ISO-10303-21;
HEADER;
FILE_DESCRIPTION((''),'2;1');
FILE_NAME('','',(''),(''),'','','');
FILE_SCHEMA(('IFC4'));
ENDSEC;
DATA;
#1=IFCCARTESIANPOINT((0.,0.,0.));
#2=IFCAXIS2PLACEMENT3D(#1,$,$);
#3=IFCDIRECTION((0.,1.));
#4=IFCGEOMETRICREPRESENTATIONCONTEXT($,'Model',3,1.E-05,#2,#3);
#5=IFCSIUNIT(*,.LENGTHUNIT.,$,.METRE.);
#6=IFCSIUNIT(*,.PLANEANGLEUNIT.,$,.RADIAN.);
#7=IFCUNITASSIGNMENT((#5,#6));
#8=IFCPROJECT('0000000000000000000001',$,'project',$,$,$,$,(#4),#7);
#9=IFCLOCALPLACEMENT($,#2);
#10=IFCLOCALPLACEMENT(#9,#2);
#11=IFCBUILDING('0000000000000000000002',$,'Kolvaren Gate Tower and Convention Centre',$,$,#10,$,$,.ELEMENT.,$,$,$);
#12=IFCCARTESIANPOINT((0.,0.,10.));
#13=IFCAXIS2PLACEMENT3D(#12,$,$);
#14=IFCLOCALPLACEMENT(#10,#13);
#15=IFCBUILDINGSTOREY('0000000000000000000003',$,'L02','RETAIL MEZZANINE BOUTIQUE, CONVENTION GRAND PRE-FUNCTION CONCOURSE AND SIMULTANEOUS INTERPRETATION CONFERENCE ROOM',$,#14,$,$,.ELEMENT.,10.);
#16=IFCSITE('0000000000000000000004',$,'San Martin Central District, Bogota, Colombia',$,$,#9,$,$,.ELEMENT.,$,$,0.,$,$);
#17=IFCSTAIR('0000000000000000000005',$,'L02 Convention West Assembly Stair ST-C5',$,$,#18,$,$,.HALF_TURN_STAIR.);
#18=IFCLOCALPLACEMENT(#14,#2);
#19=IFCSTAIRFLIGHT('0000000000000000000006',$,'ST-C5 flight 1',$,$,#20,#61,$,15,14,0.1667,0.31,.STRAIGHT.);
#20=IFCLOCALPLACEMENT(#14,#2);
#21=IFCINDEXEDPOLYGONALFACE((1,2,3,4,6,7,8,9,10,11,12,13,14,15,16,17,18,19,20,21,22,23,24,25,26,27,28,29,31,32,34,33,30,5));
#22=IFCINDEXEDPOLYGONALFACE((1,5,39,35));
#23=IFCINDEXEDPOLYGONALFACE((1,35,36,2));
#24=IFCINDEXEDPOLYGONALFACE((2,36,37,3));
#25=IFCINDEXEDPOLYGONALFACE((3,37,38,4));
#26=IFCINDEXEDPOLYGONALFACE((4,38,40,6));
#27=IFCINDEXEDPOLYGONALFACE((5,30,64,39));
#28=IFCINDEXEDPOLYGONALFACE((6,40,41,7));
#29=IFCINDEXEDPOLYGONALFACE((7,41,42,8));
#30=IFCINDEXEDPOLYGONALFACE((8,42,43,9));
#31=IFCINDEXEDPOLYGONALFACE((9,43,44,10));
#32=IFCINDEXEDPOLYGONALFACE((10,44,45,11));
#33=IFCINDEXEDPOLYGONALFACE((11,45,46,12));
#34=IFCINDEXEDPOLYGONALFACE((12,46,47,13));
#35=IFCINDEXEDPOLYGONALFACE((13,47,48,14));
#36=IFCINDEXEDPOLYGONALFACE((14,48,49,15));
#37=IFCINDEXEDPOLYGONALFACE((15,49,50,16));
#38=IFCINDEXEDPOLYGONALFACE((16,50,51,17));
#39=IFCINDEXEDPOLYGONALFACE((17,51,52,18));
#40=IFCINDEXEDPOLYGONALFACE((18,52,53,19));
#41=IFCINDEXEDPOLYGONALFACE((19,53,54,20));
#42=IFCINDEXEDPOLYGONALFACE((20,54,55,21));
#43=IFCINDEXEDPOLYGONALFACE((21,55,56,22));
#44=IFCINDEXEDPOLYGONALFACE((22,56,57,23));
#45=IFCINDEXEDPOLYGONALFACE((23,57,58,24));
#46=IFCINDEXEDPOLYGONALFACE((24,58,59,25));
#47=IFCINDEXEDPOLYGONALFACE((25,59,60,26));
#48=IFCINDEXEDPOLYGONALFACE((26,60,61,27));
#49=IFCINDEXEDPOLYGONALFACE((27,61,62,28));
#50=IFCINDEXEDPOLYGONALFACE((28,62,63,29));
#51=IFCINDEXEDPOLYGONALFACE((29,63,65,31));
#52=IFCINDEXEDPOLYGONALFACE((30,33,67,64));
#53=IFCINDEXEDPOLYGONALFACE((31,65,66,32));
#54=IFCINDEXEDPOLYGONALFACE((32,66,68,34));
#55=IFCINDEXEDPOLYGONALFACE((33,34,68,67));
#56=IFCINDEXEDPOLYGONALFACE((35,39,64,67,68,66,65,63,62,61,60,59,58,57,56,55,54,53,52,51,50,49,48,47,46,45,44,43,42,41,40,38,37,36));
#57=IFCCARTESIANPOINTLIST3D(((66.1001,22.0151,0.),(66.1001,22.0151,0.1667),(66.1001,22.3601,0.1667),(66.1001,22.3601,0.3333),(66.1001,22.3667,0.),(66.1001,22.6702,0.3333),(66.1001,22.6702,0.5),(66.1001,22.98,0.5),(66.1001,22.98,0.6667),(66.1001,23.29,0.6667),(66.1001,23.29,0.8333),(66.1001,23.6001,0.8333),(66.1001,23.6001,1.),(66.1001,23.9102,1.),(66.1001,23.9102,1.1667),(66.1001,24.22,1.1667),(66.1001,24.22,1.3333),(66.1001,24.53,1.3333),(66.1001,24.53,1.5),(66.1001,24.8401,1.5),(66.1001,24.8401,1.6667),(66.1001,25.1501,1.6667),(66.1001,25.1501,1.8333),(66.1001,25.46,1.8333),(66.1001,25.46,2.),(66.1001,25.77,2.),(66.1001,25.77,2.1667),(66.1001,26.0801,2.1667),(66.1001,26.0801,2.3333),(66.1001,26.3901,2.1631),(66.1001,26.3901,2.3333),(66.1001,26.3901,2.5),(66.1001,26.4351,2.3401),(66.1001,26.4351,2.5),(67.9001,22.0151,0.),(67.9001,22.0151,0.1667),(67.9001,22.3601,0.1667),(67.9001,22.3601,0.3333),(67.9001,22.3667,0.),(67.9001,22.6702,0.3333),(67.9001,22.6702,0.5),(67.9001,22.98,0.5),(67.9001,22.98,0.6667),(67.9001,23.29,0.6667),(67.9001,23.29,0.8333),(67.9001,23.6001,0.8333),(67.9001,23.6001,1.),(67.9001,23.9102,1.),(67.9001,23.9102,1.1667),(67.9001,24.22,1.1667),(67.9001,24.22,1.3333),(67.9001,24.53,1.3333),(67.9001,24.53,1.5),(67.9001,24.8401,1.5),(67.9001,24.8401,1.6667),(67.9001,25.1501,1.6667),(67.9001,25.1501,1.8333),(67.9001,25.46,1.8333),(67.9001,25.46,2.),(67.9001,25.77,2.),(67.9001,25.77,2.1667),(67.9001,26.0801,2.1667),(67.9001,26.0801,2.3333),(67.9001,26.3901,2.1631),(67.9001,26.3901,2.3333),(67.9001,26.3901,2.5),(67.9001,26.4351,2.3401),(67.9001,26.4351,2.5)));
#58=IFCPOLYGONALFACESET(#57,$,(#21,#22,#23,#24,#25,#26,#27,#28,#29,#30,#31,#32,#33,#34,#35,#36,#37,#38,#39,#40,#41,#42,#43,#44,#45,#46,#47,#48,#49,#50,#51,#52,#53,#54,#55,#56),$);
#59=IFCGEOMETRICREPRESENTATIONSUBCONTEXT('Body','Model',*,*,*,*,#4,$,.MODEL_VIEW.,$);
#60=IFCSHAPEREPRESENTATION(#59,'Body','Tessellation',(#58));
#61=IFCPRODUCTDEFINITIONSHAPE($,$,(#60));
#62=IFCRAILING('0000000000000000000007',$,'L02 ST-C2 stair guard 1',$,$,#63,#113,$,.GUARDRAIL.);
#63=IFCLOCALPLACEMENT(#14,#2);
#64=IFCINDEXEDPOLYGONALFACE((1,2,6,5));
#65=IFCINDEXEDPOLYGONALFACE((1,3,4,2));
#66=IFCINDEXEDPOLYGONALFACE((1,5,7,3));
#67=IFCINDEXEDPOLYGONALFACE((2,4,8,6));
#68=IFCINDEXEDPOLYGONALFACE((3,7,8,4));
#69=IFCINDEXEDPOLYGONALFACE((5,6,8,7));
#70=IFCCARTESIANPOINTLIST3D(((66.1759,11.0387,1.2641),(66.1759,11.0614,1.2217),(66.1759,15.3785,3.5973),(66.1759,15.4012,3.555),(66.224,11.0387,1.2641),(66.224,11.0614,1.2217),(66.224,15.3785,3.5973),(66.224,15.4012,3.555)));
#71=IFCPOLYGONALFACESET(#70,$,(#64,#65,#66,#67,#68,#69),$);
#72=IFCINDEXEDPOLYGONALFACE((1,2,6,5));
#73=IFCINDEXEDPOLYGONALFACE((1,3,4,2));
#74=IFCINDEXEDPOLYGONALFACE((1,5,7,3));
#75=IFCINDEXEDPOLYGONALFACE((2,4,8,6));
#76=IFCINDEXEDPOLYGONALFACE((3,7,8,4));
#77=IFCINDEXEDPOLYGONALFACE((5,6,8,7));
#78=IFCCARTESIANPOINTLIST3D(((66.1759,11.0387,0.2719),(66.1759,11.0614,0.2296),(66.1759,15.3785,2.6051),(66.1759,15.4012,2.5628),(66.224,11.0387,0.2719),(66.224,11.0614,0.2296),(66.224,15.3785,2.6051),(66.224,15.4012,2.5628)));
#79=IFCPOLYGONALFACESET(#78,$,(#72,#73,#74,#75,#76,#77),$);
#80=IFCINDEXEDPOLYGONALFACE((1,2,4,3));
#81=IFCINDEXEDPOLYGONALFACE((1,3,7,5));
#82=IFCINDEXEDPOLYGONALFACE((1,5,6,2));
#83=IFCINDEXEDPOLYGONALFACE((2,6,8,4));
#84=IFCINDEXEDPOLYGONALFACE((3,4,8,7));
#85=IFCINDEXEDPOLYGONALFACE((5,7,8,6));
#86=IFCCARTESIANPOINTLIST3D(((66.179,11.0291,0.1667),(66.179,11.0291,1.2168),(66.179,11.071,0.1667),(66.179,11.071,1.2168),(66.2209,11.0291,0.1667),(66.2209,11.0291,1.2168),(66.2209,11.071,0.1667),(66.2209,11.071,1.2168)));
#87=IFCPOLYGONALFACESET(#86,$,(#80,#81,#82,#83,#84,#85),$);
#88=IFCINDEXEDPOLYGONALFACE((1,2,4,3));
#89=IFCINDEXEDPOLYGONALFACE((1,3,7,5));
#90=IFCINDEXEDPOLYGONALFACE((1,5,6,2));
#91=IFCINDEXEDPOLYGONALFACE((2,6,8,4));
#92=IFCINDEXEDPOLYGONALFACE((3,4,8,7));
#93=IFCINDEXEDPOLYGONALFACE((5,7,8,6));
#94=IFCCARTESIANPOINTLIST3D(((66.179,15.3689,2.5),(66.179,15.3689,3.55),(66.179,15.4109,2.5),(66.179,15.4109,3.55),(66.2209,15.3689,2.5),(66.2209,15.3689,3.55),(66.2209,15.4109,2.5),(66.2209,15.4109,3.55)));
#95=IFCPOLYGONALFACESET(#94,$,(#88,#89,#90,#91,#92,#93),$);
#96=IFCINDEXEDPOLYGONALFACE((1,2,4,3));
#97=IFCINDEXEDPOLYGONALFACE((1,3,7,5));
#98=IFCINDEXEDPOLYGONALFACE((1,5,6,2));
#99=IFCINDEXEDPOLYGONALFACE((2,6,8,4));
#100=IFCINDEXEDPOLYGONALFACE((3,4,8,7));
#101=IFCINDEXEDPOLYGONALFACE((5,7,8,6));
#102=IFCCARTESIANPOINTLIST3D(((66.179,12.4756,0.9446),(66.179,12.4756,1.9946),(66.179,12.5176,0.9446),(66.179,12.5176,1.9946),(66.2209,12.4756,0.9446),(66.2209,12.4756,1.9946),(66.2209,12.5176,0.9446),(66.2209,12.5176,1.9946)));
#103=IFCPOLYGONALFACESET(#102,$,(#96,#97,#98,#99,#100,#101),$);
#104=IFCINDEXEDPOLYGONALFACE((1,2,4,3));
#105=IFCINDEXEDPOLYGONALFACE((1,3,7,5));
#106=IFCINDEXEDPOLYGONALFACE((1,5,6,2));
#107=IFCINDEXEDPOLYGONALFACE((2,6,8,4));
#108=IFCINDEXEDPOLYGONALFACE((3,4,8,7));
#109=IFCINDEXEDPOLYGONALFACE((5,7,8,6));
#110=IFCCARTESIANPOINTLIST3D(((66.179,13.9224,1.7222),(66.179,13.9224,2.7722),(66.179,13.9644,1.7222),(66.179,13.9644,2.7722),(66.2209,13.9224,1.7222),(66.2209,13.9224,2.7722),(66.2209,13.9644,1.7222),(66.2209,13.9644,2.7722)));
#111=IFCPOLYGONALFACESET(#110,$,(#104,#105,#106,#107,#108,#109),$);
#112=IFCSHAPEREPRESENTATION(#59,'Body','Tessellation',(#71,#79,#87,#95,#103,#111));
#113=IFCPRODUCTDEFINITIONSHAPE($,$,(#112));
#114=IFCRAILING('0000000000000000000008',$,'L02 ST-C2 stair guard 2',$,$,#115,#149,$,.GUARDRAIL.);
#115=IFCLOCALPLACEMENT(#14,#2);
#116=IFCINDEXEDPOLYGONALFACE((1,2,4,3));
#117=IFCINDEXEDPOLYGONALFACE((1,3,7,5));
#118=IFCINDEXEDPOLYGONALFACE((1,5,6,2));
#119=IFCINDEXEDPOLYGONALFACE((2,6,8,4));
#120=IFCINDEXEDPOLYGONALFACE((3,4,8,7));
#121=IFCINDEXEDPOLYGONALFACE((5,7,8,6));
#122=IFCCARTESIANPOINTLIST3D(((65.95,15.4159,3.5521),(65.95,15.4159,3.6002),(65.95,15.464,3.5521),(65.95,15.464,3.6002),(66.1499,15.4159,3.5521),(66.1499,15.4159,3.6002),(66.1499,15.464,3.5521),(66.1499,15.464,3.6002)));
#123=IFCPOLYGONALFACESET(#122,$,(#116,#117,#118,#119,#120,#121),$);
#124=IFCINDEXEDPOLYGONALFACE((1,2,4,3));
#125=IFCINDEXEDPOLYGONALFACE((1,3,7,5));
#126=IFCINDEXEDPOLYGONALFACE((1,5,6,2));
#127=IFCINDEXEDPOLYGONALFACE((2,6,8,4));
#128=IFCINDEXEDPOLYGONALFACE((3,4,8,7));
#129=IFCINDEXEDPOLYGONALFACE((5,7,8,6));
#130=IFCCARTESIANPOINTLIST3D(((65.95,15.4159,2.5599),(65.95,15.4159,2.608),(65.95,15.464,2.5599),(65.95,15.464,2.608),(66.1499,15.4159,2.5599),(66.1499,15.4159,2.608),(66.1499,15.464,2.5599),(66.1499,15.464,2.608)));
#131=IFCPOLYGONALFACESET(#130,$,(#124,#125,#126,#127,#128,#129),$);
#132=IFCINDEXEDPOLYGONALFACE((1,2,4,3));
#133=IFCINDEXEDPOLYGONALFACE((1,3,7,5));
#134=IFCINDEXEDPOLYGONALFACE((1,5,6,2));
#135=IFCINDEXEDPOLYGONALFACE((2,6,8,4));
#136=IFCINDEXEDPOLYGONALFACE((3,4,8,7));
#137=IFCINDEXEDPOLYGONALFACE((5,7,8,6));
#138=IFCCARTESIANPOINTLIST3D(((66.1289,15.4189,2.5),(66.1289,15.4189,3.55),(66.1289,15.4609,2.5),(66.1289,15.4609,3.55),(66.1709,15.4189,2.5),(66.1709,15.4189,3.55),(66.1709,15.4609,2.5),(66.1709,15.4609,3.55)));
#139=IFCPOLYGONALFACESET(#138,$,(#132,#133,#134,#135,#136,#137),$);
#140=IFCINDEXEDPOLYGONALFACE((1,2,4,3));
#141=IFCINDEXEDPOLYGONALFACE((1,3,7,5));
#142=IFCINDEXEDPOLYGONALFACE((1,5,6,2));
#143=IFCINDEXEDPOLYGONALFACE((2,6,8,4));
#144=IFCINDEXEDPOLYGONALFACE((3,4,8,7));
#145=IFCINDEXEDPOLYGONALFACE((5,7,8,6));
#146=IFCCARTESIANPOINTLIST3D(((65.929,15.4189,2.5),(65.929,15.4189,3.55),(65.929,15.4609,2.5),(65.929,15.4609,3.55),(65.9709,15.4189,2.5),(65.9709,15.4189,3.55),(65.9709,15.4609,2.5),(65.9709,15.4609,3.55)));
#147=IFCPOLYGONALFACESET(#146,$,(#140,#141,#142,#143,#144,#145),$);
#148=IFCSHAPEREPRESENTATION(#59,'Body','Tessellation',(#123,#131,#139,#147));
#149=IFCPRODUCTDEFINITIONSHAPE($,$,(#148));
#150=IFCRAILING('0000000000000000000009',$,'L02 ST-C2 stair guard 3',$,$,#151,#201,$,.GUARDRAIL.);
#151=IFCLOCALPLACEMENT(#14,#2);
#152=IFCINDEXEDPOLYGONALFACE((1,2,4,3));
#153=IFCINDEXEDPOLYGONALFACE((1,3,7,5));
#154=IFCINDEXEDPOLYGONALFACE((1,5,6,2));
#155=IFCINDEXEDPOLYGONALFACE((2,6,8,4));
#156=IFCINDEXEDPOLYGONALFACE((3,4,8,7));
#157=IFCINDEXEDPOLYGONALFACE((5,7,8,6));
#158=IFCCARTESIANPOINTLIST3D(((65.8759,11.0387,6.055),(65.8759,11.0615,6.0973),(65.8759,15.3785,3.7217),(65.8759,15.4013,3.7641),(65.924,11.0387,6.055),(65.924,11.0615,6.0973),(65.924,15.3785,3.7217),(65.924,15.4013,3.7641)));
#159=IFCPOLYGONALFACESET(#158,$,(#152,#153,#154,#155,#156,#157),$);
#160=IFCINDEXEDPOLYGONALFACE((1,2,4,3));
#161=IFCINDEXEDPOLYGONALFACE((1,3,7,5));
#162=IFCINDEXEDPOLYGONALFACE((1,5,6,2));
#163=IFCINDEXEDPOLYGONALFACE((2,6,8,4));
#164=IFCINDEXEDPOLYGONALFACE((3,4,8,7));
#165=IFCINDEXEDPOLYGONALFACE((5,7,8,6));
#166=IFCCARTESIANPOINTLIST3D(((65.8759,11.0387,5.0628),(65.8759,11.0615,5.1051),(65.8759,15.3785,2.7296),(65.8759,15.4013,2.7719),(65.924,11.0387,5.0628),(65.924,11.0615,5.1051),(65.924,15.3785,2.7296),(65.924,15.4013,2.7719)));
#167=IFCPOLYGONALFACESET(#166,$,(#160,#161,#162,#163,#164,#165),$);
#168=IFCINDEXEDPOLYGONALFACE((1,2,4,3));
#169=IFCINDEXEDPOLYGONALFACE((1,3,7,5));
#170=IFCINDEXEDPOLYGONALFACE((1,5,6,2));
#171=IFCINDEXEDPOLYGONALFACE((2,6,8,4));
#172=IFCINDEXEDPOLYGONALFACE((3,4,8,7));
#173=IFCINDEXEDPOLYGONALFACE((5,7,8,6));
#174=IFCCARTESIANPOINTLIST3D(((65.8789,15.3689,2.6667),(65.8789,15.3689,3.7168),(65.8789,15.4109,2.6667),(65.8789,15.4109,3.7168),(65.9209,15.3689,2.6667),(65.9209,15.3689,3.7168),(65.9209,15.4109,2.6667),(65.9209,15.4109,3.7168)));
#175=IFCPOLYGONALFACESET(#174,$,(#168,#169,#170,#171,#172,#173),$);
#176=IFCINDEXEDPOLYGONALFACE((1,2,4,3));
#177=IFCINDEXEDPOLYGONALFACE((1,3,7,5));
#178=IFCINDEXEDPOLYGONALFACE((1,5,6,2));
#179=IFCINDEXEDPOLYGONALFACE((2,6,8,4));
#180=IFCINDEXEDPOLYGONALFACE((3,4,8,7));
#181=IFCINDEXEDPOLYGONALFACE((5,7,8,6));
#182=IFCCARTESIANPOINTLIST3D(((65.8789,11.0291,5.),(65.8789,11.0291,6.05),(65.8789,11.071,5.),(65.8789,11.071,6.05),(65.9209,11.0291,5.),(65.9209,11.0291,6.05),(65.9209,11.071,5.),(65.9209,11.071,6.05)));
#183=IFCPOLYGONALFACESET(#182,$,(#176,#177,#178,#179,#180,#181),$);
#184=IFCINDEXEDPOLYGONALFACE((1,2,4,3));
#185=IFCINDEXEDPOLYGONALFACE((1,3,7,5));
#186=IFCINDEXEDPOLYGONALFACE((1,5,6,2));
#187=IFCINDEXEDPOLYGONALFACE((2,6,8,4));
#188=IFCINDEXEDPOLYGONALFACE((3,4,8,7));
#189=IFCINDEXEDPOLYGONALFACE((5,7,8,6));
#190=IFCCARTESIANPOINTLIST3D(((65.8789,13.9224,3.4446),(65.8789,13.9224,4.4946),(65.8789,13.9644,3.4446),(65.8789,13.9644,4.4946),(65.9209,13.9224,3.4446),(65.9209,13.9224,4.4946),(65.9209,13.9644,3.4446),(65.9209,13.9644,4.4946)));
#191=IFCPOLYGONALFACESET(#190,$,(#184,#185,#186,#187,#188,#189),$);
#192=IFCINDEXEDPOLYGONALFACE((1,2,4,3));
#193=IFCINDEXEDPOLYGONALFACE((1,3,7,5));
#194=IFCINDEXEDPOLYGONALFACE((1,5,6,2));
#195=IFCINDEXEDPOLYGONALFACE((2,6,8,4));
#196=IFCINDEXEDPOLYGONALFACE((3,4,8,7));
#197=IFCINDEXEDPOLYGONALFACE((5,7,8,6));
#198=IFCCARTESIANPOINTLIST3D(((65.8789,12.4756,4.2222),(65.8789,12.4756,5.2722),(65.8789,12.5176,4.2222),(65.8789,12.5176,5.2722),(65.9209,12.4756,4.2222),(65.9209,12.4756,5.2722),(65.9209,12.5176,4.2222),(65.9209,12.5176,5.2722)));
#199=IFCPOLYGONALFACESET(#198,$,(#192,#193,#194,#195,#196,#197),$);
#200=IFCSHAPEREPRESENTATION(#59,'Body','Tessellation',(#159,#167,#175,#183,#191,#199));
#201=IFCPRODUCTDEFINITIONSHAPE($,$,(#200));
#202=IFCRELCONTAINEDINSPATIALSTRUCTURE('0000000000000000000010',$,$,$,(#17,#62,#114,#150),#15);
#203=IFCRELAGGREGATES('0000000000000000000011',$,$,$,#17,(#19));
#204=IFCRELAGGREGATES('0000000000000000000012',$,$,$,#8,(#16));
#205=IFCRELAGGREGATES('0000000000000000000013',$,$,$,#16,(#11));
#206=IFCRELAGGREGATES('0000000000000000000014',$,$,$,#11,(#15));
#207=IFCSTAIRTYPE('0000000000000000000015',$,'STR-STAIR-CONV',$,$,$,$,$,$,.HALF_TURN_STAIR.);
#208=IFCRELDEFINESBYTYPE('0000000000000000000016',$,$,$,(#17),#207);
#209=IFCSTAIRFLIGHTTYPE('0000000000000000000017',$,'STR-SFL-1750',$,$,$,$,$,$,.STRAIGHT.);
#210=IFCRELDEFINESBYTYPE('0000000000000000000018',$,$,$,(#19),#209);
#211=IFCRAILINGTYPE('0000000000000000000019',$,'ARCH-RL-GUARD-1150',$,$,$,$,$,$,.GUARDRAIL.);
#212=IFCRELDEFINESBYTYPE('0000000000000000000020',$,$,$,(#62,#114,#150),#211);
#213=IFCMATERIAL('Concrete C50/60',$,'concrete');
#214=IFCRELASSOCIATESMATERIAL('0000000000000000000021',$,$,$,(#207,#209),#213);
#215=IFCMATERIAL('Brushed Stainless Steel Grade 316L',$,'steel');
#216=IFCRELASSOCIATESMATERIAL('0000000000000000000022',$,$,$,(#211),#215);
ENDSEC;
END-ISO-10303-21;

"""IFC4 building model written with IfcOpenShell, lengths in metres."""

from ifc_helpers import new_model, si_unit, direction, frame, origin, origin_2d, place, context, subcontext, project, spatial, polyline, rectangle, outline, extrude, material, type_object, element, aggregate, save


model = new_model("IFC4")

# Units and contexts
model_context = context("Model", 3, precision=1e-05, world=origin(), true_north=direction((0.0, 1.0)))
body_context = subcontext(model_context, "Body", "Model", "MODEL_VIEW")
ifc_project = project(units=[si_unit("LENGTHUNIT", "METRE"), si_unit("PLANEANGLEUNIT", "RADIAN")], contexts=[model_context])

# Site, building, storey
site_placement = place(None, origin())
site = spatial("IfcSite", under=ifc_project, at=site_placement, Name="San Martin Central District, Bogota, Colombia", CompositionType="ELEMENT", RefElevation=0.0)
building_placement = place(site_placement, origin())
building = spatial("IfcBuilding", under=site, at=building_placement, Name="Kolvaren Gate Tower and Convention Centre", CompositionType="ELEMENT")
storey_placement = place(building_placement, frame((0.0, 0.0, 10.0)))
storey = spatial("IfcBuildingStorey", under=building, at=storey_placement, Name="L02", Description="RETAIL MEZZANINE BOUTIQUE, CONVENTION GRAND PRE-FUNCTION CONCOURSE AND SIMULTANEOUS INTERPRETATION CONFERENCE ROOM", CompositionType="ELEMENT", Elevation=10.0)

# Shared definitions
ifc_material_1 = material(Name="Concrete C50/60", Category="concrete")

# Shared definitions
stair_type = type_object("IfcStairType", Name="STR-STAIR-CONV", PredefinedType="HALF_TURN_STAIR", material=ifc_material_1)
stair_flight_type = type_object("IfcStairFlightType", Name="STR-SFL-1750", PredefinedType="STRAIGHT", material=ifc_material_1)

# Stair, stair flight
stair_1_placement = place(storey_placement, origin())
stair_1 = element("IfcStair", 1, at=stair_1_placement, inside=storey, type_object=stair_type, Name="L02 Convention West Assembly Stair ST-C5", PredefinedType="HALF_TURN_STAIR")
stair_flight_1_placement = place(storey_placement, frame((67.0, 22.05, 0.0), z_axis=(0.0, 0.0, 1.0), x_axis=(0.0, 1.0, 0.0)))
stair_flight_1 = element("IfcStairFlight", 2, at=stair_flight_1_placement, type_object=stair_flight_type, Name="ST-C5 flight 1", NumberOfRisers=15, NumberOfTreads=14, PredefinedType="STRAIGHT", RiserHeight=0.1667, TreadLength=0.31, context=body_context, shape_type="SweptSolid", body=[
    extrude(outline(polyline([(-0.0349, 0.0), (-0.0349, 0.1667), (0.3101, 0.1667), (0.3101, 0.3333), (0.6201, 0.3333), (0.6201, 0.5), (0.9299, 0.5), (0.9299, 0.6667), (1.24, 0.6667), (1.24, 0.8333), (1.55, 0.8333), (1.55, 1.0), (1.8601, 1.0), (1.8601, 1.1667), (2.1699, 1.1667), (2.1699, 1.3333), (2.48, 1.3333), (2.48, 1.5), (2.79, 1.5), (2.79, 1.6667), (3.1001, 1.6667), (3.1001, 1.8333), (3.4099, 1.8333), (3.4099, 2.0), (3.72, 2.0), (3.72, 2.1667), (4.03, 2.1667), (4.03, 2.3333), (4.3401, 2.3333), (4.3401, 2.5), (4.385, 2.5), (4.385, 2.3401), (4.3401, 2.1631), (0.3167, 0.0), (-0.0349, 0.0)])), frame((0.0, 0.8999, 0.0), z_axis=(0.0, -1.0, 0.0), x_axis=(1.0, 0.0, 0.0)), (0.0, 0.0, 1.0), 1.8),
])
aggregate(stair_1, [stair_flight_1])

# Railings
ifc_material_2 = material(Name="Brushed Stainless Steel Grade 316L", Category="steel")
railing_type_1 = type_object("IfcRailingType", Name="ARCH-RL-GUARD-1150", PredefinedType="GUARDRAIL", material=ifc_material_2)
railing_1_placement = place(storey_placement, frame((66.2, 11.05, 0.1667)))
element("IfcRailing", 3, at=railing_1_placement, inside=storey, type_object=railing_type_1, Name="L02 ST-C2 stair guard 1", PredefinedType="GUARDRAIL", context=body_context, shape_type="SweptSolid", body=[
    extrude(rectangle(XDim=0.0481, YDim=0.0481, at=origin_2d()), frame((0.0, 0.0, 1.0762), z_axis=(0.0, 0.880775, 0.473535), x_axis=(-1.0, 0.0, 0.0)), (0.0, 0.0, 1.0), 4.9272),
    extrude(rectangle(XDim=0.0481, YDim=0.0481, at=origin_2d()), frame((0.0, 0.0, 0.084), z_axis=(0.0, 0.880775, 0.473535), x_axis=(-1.0, 0.0, 0.0)), (0.0, 0.0, 1.0), 4.9272),
    extrude(rectangle(XDim=0.042, YDim=0.042, at=origin_2d()), origin(), (0.0, 0.0, 1.0), 1.05),
    extrude(rectangle(XDim=0.042, YDim=0.042, at=origin_2d()), frame((0.0, 4.3398, 2.3333)), (0.0, 0.0, 1.0), 1.05),
    extrude(rectangle(XDim=0.042, YDim=0.042, at=origin_2d()), frame((0.0, 1.4465, 0.7778)), (0.0, 0.0, 1.0), 1.05),
    extrude(rectangle(XDim=0.042, YDim=0.042, at=origin_2d()), frame((0.0, 2.8933, 1.5554)), (0.0, 0.0, 1.0), 1.05),
])
railing_2_placement = place(storey_placement, frame((66.1499, 15.4399, 2.5)))
element("IfcRailing", 4, at=railing_2_placement, inside=storey, type_object=railing_type_1, Name="L02 ST-C2 stair guard 2", PredefinedType="GUARDRAIL", context=body_context, shape_type="SweptSolid", body=[
    extrude(rectangle(XDim=0.0481, YDim=0.0481, at=origin_2d()), frame((0.0, 0.0, 1.0762), z_axis=(-1.0, 0.0, 0.0), x_axis=(0.0, -1.0, 0.0)), (0.0, 0.0, 1.0), 0.2),
    extrude(rectangle(XDim=0.0481, YDim=0.0481, at=origin_2d()), frame((0.0, 0.0, 0.084), z_axis=(-1.0, 0.0, 0.0), x_axis=(0.0, -1.0, 0.0)), (0.0, 0.0, 1.0), 0.2),
    extrude(rectangle(XDim=0.042, YDim=0.042, at=origin_2d()), origin(), (0.0, 0.0, 1.0), 1.05),
    extrude(rectangle(XDim=0.042, YDim=0.042, at=origin_2d()), frame((-0.2, 0.0, 0.0)), (0.0, 0.0, 1.0), 1.05),
])
railing_3_placement = place(storey_placement, frame((65.8999, 15.3899, 2.6667)))
element("IfcRailing", 5, at=railing_3_placement, inside=storey, type_object=railing_type_1, Name="L02 ST-C2 stair guard 3", PredefinedType="GUARDRAIL", context=body_context, shape_type="SweptSolid", body=[
    extrude(rectangle(XDim=0.0481, YDim=0.0481, at=origin_2d()), frame((0.0, 0.0, 1.0762), z_axis=(0.0, -0.880775, 0.473535), x_axis=(1.0, 0.0, 0.0)), (0.0, 0.0, 1.0), 4.9272),
    extrude(rectangle(XDim=0.0481, YDim=0.0481, at=origin_2d()), frame((0.0, 0.0, 0.084), z_axis=(0.0, -0.880775, 0.473535), x_axis=(1.0, 0.0, 0.0)), (0.0, 0.0, 1.0), 4.9272),
    extrude(rectangle(XDim=0.042, YDim=0.042, at=origin_2d()), origin(), (0.0, 0.0, 1.0), 1.05),
    extrude(rectangle(XDim=0.042, YDim=0.042, at=origin_2d()), frame((0.0, -4.3398, 2.3333)), (0.0, 0.0, 1.0), 1.05),
    extrude(rectangle(XDim=0.042, YDim=0.042, at=origin_2d()), frame((0.0, -1.4465, 0.7778)), (0.0, 0.0, 1.0), 1.05),
    extrude(rectangle(XDim=0.042, YDim=0.042, at=origin_2d()), frame((0.0, -2.8933, 1.5554)), (0.0, 0.0, 1.0), 1.05),
])

save(model, "model.ifc")
